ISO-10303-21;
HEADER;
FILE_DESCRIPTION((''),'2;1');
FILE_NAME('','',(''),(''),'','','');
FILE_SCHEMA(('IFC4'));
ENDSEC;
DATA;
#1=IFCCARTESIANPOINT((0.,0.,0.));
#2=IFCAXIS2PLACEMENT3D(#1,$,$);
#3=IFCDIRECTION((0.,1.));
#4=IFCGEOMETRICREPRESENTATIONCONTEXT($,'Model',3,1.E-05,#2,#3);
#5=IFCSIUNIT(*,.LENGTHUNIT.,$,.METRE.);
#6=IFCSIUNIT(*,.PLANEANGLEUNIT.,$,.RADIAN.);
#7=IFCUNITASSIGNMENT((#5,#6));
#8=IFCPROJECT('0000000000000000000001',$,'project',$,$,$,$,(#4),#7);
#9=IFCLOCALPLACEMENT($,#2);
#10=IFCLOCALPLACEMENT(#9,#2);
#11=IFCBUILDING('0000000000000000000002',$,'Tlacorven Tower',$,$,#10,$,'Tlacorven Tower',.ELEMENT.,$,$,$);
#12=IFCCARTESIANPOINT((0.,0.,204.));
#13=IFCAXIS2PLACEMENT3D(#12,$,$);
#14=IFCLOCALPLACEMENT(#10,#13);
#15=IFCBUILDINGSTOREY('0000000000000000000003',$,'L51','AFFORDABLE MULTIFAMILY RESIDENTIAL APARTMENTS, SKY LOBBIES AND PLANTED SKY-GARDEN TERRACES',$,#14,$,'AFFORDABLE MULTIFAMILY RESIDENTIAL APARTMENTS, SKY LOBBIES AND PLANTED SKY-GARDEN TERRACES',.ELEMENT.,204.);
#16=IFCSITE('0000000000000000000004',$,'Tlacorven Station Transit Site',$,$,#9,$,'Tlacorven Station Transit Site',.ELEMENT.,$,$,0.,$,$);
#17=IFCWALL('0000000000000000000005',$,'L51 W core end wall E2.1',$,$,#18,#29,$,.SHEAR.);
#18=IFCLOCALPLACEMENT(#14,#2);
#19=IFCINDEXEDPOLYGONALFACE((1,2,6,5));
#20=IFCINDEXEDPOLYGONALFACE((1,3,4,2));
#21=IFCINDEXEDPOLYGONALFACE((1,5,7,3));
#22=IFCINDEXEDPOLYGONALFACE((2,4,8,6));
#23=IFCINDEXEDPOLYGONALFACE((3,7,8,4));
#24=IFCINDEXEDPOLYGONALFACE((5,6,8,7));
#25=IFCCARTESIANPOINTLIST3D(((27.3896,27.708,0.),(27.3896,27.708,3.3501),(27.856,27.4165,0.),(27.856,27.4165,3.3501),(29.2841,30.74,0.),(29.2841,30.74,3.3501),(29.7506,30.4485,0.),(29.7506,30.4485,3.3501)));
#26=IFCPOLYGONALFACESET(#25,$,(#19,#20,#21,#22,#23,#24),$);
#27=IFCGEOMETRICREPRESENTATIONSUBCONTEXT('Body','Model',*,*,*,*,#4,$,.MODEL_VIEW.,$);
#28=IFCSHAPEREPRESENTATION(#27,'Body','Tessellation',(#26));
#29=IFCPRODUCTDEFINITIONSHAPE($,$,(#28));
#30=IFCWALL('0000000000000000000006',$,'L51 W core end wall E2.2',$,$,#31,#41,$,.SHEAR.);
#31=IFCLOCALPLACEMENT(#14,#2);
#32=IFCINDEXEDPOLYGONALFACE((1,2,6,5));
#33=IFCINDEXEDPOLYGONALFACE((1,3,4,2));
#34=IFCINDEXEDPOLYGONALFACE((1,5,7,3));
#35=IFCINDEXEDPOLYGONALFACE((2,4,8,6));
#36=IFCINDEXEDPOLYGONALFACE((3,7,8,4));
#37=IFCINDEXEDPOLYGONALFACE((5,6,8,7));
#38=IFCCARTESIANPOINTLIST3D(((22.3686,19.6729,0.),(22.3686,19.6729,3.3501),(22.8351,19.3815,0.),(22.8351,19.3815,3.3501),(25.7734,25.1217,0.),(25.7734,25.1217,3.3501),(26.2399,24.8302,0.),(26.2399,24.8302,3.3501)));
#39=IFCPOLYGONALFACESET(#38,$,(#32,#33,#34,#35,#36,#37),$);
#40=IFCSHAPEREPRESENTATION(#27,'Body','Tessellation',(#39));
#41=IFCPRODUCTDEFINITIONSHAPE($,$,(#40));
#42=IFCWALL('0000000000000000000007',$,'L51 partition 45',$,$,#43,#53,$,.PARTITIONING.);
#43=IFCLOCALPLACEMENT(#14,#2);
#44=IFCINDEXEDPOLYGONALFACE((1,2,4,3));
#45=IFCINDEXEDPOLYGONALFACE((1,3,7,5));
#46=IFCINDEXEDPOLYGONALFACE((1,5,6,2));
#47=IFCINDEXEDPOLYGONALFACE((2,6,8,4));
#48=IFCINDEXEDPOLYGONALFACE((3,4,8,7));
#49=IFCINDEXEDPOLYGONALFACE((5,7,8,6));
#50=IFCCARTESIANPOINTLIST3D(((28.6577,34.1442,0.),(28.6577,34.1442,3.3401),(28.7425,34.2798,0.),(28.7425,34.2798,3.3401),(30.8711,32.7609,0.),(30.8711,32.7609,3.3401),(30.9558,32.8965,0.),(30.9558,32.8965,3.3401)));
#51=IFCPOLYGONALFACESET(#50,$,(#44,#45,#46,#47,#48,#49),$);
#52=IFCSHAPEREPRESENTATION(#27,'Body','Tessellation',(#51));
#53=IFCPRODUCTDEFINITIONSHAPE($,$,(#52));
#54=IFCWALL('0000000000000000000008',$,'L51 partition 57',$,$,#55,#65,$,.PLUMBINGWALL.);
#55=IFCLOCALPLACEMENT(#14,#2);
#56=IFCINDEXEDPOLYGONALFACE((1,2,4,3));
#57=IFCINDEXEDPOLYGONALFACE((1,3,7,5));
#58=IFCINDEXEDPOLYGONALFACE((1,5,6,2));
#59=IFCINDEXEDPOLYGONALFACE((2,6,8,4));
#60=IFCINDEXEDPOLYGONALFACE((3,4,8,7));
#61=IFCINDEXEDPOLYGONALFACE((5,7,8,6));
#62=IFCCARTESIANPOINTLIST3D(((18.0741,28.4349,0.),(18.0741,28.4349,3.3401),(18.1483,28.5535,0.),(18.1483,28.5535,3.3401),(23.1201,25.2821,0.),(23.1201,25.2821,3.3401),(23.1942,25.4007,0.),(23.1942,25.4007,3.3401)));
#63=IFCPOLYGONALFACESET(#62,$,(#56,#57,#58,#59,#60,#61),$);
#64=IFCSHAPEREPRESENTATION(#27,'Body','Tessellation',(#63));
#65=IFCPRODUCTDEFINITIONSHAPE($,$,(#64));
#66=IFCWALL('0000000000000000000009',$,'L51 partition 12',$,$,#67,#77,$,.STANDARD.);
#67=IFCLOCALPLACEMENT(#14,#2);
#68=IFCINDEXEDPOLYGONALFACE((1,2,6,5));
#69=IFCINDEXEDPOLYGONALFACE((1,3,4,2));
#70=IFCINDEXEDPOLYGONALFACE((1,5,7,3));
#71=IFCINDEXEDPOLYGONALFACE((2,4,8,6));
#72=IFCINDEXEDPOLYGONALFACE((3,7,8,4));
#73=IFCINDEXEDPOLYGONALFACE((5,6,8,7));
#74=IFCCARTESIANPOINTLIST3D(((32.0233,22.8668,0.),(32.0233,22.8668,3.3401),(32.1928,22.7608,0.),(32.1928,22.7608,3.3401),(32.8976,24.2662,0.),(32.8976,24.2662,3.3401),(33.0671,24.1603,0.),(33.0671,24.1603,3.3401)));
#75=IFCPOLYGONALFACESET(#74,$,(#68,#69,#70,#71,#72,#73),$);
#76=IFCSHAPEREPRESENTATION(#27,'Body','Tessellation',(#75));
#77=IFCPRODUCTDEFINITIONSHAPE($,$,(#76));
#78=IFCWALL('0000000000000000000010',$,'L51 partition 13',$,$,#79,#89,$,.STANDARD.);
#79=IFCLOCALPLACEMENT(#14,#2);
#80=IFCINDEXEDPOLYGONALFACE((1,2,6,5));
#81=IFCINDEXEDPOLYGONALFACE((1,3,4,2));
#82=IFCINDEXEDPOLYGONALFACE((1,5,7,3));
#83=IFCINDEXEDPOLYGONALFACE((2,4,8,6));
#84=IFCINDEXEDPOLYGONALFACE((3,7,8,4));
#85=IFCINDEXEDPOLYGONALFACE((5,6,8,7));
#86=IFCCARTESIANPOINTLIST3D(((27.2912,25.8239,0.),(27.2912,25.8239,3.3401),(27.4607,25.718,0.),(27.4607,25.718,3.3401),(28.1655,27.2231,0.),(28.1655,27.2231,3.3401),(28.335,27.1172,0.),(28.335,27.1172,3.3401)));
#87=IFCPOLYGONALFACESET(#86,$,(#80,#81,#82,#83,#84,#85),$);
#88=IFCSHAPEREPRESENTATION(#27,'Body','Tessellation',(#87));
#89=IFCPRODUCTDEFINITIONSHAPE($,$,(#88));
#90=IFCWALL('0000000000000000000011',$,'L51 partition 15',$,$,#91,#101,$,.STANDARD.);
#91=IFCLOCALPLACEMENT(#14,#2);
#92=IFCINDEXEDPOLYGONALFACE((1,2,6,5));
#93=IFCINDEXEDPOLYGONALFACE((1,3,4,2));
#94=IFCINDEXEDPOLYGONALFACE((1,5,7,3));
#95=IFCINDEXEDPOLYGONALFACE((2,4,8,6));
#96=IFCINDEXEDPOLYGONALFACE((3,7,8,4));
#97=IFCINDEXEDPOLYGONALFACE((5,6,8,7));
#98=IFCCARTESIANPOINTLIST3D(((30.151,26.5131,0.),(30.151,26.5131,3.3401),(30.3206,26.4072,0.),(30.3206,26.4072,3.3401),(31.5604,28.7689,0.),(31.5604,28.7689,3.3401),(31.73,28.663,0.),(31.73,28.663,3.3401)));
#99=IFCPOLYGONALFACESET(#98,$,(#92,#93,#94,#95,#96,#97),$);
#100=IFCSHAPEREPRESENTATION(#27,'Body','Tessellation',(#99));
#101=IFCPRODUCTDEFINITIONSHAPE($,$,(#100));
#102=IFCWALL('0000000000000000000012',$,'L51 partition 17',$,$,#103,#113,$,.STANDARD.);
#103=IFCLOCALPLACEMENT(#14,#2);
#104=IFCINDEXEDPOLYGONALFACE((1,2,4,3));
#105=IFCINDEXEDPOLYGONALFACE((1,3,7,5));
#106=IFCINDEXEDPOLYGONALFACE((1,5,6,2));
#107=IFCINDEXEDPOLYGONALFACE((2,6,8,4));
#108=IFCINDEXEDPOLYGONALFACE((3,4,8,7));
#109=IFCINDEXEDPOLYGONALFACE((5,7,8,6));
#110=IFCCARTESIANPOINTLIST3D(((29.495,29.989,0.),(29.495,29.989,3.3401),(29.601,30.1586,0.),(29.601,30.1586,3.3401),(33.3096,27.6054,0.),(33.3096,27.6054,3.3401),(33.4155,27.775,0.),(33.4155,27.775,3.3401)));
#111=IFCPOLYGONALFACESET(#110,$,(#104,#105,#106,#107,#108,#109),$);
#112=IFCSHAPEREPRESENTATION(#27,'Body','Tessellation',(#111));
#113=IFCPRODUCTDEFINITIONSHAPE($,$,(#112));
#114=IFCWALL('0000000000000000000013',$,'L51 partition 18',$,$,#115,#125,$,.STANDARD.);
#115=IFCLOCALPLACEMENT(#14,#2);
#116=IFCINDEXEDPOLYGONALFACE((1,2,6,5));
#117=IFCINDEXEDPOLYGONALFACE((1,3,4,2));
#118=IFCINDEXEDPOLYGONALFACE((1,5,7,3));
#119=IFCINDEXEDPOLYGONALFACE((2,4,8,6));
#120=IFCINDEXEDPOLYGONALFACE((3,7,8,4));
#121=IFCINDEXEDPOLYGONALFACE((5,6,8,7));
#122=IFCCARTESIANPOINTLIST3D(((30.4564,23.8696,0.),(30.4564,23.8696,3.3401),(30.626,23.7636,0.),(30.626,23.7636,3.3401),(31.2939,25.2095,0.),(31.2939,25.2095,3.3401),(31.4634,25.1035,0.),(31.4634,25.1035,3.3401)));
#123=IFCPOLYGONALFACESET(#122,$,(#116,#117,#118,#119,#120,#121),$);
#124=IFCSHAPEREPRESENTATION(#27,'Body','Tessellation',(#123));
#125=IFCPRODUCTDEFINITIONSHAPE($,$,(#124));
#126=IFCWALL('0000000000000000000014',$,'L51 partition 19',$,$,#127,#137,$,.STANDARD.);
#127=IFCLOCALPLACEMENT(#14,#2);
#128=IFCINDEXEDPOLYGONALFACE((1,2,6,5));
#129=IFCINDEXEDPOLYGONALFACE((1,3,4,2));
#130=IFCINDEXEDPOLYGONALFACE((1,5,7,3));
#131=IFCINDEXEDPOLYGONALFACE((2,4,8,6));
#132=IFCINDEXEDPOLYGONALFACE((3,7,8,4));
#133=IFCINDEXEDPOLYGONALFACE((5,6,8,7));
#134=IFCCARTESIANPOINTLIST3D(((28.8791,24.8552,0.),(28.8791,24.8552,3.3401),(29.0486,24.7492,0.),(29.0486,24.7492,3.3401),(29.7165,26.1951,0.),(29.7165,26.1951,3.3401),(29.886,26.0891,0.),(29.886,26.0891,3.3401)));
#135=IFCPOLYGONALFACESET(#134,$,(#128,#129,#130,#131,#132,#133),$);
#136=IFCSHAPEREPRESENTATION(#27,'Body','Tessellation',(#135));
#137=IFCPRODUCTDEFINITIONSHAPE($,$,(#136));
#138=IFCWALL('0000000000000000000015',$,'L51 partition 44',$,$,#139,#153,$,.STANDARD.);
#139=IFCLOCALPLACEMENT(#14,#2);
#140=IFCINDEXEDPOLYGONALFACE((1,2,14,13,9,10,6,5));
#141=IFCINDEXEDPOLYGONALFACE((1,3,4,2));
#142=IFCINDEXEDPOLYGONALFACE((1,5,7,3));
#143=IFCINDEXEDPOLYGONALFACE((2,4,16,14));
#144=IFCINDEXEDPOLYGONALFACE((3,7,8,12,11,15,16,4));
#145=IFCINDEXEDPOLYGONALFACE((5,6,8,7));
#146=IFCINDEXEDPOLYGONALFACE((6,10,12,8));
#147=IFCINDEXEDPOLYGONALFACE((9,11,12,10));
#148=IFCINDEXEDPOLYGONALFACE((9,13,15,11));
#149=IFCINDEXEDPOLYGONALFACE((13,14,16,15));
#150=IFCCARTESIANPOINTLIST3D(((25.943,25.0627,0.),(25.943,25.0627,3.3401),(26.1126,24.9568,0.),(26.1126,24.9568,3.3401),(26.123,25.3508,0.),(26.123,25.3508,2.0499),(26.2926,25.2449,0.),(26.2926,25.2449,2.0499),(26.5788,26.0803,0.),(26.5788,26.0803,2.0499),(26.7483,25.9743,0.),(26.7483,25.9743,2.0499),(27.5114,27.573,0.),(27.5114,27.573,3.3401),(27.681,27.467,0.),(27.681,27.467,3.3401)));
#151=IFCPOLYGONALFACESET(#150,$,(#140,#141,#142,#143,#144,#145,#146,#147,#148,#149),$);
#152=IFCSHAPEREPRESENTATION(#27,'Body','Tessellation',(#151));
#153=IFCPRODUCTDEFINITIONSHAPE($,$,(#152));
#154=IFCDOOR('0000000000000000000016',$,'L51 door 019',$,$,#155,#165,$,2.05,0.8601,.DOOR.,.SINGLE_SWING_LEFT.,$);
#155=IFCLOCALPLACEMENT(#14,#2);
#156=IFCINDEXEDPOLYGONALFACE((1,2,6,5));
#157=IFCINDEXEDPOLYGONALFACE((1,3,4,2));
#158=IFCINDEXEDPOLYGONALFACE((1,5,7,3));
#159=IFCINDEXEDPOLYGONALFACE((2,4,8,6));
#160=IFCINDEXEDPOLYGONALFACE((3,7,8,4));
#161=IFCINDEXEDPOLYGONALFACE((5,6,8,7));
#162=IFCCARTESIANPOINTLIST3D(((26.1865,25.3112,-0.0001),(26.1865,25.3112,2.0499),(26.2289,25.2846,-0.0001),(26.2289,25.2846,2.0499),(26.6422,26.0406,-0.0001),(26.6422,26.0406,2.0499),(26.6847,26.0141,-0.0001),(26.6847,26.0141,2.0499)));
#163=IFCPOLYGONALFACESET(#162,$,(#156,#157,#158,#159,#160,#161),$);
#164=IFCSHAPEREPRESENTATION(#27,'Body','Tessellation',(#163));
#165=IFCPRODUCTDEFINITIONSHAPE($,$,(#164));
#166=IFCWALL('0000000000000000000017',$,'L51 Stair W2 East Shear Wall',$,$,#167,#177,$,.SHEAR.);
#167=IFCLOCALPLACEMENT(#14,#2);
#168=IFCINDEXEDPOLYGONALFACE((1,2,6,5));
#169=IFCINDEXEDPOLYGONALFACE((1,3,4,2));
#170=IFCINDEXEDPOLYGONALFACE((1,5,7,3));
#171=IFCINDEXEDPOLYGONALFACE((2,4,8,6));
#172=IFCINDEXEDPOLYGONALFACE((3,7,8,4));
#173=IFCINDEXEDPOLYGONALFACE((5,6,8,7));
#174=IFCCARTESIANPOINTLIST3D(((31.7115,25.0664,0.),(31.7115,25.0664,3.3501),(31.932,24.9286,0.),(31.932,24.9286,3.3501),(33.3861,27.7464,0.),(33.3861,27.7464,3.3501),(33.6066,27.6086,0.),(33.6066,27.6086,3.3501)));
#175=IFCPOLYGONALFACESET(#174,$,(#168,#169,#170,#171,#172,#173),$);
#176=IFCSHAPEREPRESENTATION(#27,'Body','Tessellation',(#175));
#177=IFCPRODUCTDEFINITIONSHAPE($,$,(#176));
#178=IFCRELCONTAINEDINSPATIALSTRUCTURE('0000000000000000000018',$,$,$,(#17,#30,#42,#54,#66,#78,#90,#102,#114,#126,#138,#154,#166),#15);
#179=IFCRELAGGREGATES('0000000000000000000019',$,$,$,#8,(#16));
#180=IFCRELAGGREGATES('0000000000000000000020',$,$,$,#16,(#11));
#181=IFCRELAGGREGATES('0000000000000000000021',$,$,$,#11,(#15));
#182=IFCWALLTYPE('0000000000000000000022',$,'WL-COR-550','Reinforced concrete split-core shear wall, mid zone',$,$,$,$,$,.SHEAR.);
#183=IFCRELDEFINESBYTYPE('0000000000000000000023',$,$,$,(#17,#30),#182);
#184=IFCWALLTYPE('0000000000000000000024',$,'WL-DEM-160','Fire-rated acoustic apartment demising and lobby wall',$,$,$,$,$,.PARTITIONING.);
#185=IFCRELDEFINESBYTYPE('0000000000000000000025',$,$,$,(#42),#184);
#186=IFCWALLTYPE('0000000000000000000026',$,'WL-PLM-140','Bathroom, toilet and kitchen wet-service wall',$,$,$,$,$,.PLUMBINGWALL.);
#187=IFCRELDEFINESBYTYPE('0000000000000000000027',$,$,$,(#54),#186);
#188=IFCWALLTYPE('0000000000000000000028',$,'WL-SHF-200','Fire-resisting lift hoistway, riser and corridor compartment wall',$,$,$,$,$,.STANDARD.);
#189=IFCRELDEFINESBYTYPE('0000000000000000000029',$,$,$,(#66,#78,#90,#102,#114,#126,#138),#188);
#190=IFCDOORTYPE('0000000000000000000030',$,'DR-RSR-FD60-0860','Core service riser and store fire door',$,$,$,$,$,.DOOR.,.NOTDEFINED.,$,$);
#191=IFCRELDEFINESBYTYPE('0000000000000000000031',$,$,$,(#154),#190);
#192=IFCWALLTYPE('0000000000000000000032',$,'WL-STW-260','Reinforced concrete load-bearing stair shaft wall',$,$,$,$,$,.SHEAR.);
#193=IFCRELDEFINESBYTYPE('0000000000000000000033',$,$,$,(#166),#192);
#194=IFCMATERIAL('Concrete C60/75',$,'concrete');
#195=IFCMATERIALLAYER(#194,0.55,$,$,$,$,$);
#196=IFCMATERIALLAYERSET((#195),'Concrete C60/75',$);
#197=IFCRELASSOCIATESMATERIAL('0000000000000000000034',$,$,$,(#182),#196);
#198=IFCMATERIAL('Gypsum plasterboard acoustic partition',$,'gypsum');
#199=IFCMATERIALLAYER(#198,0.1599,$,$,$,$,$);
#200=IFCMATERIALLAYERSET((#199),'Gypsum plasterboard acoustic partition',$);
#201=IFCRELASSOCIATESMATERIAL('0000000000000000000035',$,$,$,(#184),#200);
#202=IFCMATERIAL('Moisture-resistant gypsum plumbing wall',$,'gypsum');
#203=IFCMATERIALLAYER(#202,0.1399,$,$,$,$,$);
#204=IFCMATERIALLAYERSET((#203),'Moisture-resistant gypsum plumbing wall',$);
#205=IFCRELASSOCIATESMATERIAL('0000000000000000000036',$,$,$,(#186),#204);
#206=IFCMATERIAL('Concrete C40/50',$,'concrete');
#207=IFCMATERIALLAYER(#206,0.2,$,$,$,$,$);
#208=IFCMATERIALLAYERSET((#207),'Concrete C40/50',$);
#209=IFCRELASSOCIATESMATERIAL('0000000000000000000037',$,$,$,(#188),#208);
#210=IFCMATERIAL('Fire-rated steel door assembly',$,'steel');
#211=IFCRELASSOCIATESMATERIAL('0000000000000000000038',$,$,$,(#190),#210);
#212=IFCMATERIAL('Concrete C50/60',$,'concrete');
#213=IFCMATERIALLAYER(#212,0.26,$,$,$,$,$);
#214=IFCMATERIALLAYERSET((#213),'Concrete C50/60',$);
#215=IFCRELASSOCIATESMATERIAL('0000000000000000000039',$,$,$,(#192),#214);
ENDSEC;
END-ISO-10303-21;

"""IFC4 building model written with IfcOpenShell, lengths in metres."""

from ifc_helpers import new_model, si_unit, direction, frame, frame_2d, origin, place, context, subcontext, project, spatial, rectangle, extrude, source, transform, mapped, material, layer, layer_set, type_object, element, fill, save


model = new_model("IFC4")

# Units and contexts
model_context = context("Model", 3, precision=1e-05, world=origin(), true_north=direction((0.0, 1.0)))
body_context = subcontext(model_context, "Body", "Model", "MODEL_VIEW")
ifc_project = project(units=[si_unit("LENGTHUNIT", "METRE"), si_unit("PLANEANGLEUNIT", "RADIAN")], contexts=[model_context])

# Site, building, storey
site_placement = place(None, origin())
site = spatial("IfcSite", under=ifc_project, at=site_placement, Name="Tlacorven Station Transit Site", LongName="Tlacorven Station Transit Site", CompositionType="ELEMENT", RefElevation=0.0)
building_placement = place(site_placement, origin())
building = spatial("IfcBuilding", under=site, at=building_placement, Name="Tlacorven Tower", LongName="Tlacorven Tower", CompositionType="ELEMENT")
storey_placement = place(building_placement, frame((0.0, 0.0, 204.0)))
storey = spatial("IfcBuildingStorey", under=building, at=storey_placement, Name="L51", Description="AFFORDABLE MULTIFAMILY RESIDENTIAL APARTMENTS, SKY LOBBIES AND PLANTED SKY-GARDEN TERRACES", LongName="AFFORDABLE MULTIFAMILY RESIDENTIAL APARTMENTS, SKY LOBBIES AND PLANTED SKY-GARDEN TERRACES", CompositionType="ELEMENT", Elevation=204.0)

# Shared definitions
ifc_material_1 = material(Name="Concrete C60/75", Category="concrete")

# Walls
ifc_layer_1 = layer(ifc_material_1, 0.55)
ifc_layer_set_1 = layer_set([ifc_layer_1], Name="Concrete C60/75")
wall_type_1 = type_object("IfcWallType", Name="WL-COR-550", Description="Reinforced concrete split-core shear wall, mid zone", PredefinedType="SHEAR", material=ifc_layer_set_1)
wall_1_placement = place(storey_placement, frame((29.5173, 30.5942, 0.0), z_axis=(0.0, 0.0, 1.0), x_axis=(-0.529907, -0.848056, 0.0)))
element("IfcWall", 1, at=wall_1_placement, inside=storey, type_object=wall_type_1, Name="L51 W core end wall E2.1", PredefinedType="SHEAR", context=body_context, shape_type="SweptSolid", body=[
    extrude(rectangle(XDim=3.5752, YDim=0.55, at=frame_2d((1.7876, 0.0))), origin(), (0.0, 0.0, 1.0), 3.3501),
])
wall_2_placement = place(storey_placement, frame((26.0066, 24.9758, 0.0), z_axis=(0.0, 0.0, 1.0), x_axis=(-0.529924, -0.848045, 0.0)))
element("IfcWall", 2, at=wall_2_placement, inside=storey, type_object=wall_type_1, Name="L51 W core end wall E2.2", PredefinedType="SHEAR", context=body_context, shape_type="SweptSolid", body=[
    extrude(rectangle(XDim=6.425, YDim=0.55, at=frame_2d((3.2124, 0.0))), origin(), (0.0, 0.0, 1.0), 3.3501),
])
ifc_material_2 = material(Name="Gypsum plasterboard acoustic partition", Category="gypsum")
ifc_layer_2 = layer(ifc_material_2, 0.1599)
ifc_layer_set_2 = layer_set([ifc_layer_2], Name="Gypsum plasterboard acoustic partition")
wall_type_2 = type_object("IfcWallType", Name="WL-DEM-160", Description="Fire-rated acoustic apartment demising and lobby wall", PredefinedType="PARTITIONING", material=ifc_layer_set_2)
wall_3_placement = place(storey_placement, frame((30.9136, 32.8286, 0.0), z_axis=(0.0, 0.0, 1.0), x_axis=(-0.848009, 0.529982, 0.0)))
element("IfcWall", 3, at=wall_3_placement, inside=storey, type_object=wall_type_2, Name="L51 partition 45", PredefinedType="PARTITIONING", context=body_context, shape_type="SweptSolid", body=[
    extrude(rectangle(XDim=2.6101, YDim=0.1599, at=frame_2d((1.3052, 0.0))), origin(), (0.0, 0.0, 1.0), 3.3401),
])
ifc_material_3 = material(Name="Moisture-resistant gypsum plumbing wall", Category="gypsum")
ifc_layer_3 = layer(ifc_material_3, 0.1399)
ifc_layer_set_3 = layer_set([ifc_layer_3], Name="Moisture-resistant gypsum plumbing wall")
wall_type_3 = type_object("IfcWallType", Name="WL-PLM-140", Description="Bathroom, toilet and kitchen wet-service wall", PredefinedType="PLUMBINGWALL", material=ifc_layer_set_3)
wall_4_placement = place(storey_placement, frame((23.1572, 25.3413, 0.0), z_axis=(0.0, 0.0, 1.0), x_axis=(-0.848063, 0.529896, 0.0)))
element("IfcWall", 4, at=wall_4_placement, inside=storey, type_object=wall_type_3, Name="L51 partition 57", PredefinedType="PLUMBINGWALL", context=body_context, shape_type="SweptSolid", body=[
    extrude(rectangle(XDim=5.95, YDim=0.1399, at=frame_2d((2.9751, 0.0))), origin(), (0.0, 0.0, 1.0), 3.3401),
])

# Shared definitions
ifc_material_4 = material(Name="Concrete C40/50", Category="concrete")
ifc_layer_4 = layer(ifc_material_4, 0.2)
ifc_layer_set_4 = layer_set([ifc_layer_4], Name="Concrete C40/50")
wall_type_4 = type_object("IfcWallType", Name="WL-SHF-200", Description="Fire-resisting lift hoistway, riser and corridor compartment wall", PredefinedType="STANDARD", material=ifc_layer_set_4)
ifc_material_5 = material(Name="Fire-rated steel door assembly", Category="steel")

# Walls
wall_5_placement = place(storey_placement, frame((32.9824, 24.2134, 0.0), z_axis=(0.0, 0.0, 1.0), x_axis=(-0.529839, -0.848098, 0.0)))
element("IfcWall", 5, at=wall_5_placement, inside=storey, type_object=wall_type_4, Name="L51 partition 12", PredefinedType="STANDARD", context=body_context, shape_type="SweptSolid", body=[
    extrude(rectangle(XDim=1.6501, YDim=0.2, at=frame_2d((0.8252, 0.0))), origin(), (0.0, 0.0, 1.0), 3.3401),
])
wall_6_placement = place(storey_placement, frame((28.2502, 27.1702, 0.0), z_axis=(0.0, 0.0, 1.0), x_axis=(-0.529906, -0.848056, 0.0)))
element("IfcWall", 6, at=wall_6_placement, inside=storey, type_object=wall_type_4, Name="L51 partition 13", PredefinedType="STANDARD", context=body_context, shape_type="SweptSolid", body=[
    extrude(rectangle(XDim=1.6499, YDim=0.2, at=frame_2d((0.825, 0.0))), origin(), (0.0, 0.0, 1.0), 3.3401),
])
wall_7_placement = place(storey_placement, frame((31.6453, 28.7161, 0.0), z_axis=(0.0, 0.0, 1.0), x_axis=(-0.529867, -0.848081, 0.0)))
element("IfcWall", 7, at=wall_7_placement, inside=storey, type_object=wall_type_4, Name="L51 partition 15", PredefinedType="STANDARD", context=body_context, shape_type="SweptSolid", body=[
    extrude(rectangle(XDim=2.6599, YDim=0.2, at=frame_2d((1.3301, 0.0))), origin(), (0.0, 0.0, 1.0), 3.3401),
])
wall_8_placement = place(storey_placement, frame((33.3625, 27.6902, 0.0), z_axis=(0.0, 0.0, 1.0), x_axis=(-0.848047, 0.529921, 0.0)))
element("IfcWall", 8, at=wall_8_placement, inside=storey, type_object=wall_type_4, Name="L51 partition 17", PredefinedType="STANDARD", context=body_context, shape_type="SweptSolid", body=[
    extrude(rectangle(XDim=4.498, YDim=0.2, at=frame_2d((2.249, 0.0))), origin(), (0.0, 0.0, 1.0), 3.3401),
])
for number, where, z_axis, x_axis, name in (
    (9, (31.3787, 25.1565, 0.0), (0.0, 0.0, 1.0), (-0.529999, -0.847998, 0.0), "L51 partition 18"),
    (10, (29.8013, 26.1421, 0.0), (0.0, 0.0, 1.0), (-0.529999, -0.847998, 0.0), "L51 partition 19"),
):
    element("IfcWall", number, at=place(storey_placement, frame(where, z_axis=z_axis, x_axis=x_axis)), inside=storey, type_object=wall_type_4, Name=name, PredefinedType="STANDARD", context=body_context, shape_type="SweptSolid", body=[
        extrude(rectangle(XDim=1.5801, YDim=0.2, at=frame_2d((0.79, 0.0))), origin(), (0.0, 0.0, 1.0), 3.3401),
    ])

# Wall, opening, door
wall_9_placement = place(storey_placement, frame((27.5962, 27.52, 0.0), z_axis=(0.0, 0.0, 1.0), x_axis=(-0.529865, -0.848082, 0.0)))
wall_9 = element("IfcWall", 11, at=wall_9_placement, inside=storey, type_object=wall_type_4, Name="L51 partition 44", PredefinedType="STANDARD", context=body_context, shape_type="SweptSolid", body=[
    extrude(rectangle(XDim=2.96, YDim=0.2, at=frame_2d((1.48, 0.0))), origin(), (0.0, 0.0, 1.0), 3.3401),
])
opening_1_placement = place(wall_9_placement, frame((1.76, 0.0, 0.0)))
opening_1 = element("IfcOpeningElement", 12, at=opening_1_placement, cuts=wall_9, PredefinedType="OPENING", context=body_context, shape_type="SweptSolid", body=[
    extrude(rectangle(XDim=0.8601, YDim=2.05, at=frame_2d((0.4302, 1.0249))), frame((0.0, 0.1099, 0.0), z_axis=(0.0, -1.0, 0.0), x_axis=(1.0, 0.0, 0.0)), (0.0, 0.0, 1.0), 0.22),
])
door_type_1 = type_object("IfcDoorType", Name="DR-RSR-FD60-0860", Description="Core service riser and store fire door", OperationType="NOTDEFINED", PredefinedType="DOOR", material=ifc_material_5)
shared_shape_1 = source(origin(), body_context, "Body", "SweptSolid", [
    extrude(rectangle(XDim=0.8601, YDim=2.05, at=frame_2d((0.4302, 1.0249))), frame((0.0, 0.0249, 0.0), z_axis=(0.0, -1.0, 0.0), x_axis=(1.0, 0.0, 0.0)), (0.0, 0.0, 1.0), 0.05),
])
door_1_placement = place(opening_1_placement, origin())
door_1 = element("IfcDoor", 13, at=door_1_placement, inside=storey, type_object=door_type_1, Name="L51 door 019", OperationType="SINGLE_SWING_LEFT", OverallHeight=2.05, OverallWidth=0.8601, PredefinedType="DOOR", context=body_context, shape_type="MappedRepresentation", body=[
    mapped(shared_shape_1, transform((0.0, 0.0, 0.0), scale=1.0)),
])
fill(opening_1, door_1)

# Wall
ifc_material_6 = material(Name="Concrete C50/60", Category="concrete")
ifc_layer_5 = layer(ifc_material_6, 0.26)
ifc_layer_set_5 = layer_set([ifc_layer_5], Name="Concrete C50/60")
wall_type_5 = type_object("IfcWallType", Name="WL-STW-260", Description="Reinforced concrete load-bearing stair shaft wall", PredefinedType="SHEAR", material=ifc_layer_set_5)
wall_10_placement = place(storey_placement, frame((33.4963, 27.6775, 0.0), z_axis=(0.0, 0.0, 1.0), x_axis=(-0.529909, -0.848055, 0.0)))
element("IfcWall", 14, at=wall_10_placement, inside=storey, type_object=wall_type_5, Name="L51 Stair W2 East Shear Wall", PredefinedType="SHEAR", context=body_context, shape_type="SweptSolid", body=[
    extrude(rectangle(XDim=3.1602, YDim=0.26, at=frame_2d((1.5801, 0.0))), origin(), (0.0, 0.0, 1.0), 3.3501),
])

save(model, "model.ifc")
